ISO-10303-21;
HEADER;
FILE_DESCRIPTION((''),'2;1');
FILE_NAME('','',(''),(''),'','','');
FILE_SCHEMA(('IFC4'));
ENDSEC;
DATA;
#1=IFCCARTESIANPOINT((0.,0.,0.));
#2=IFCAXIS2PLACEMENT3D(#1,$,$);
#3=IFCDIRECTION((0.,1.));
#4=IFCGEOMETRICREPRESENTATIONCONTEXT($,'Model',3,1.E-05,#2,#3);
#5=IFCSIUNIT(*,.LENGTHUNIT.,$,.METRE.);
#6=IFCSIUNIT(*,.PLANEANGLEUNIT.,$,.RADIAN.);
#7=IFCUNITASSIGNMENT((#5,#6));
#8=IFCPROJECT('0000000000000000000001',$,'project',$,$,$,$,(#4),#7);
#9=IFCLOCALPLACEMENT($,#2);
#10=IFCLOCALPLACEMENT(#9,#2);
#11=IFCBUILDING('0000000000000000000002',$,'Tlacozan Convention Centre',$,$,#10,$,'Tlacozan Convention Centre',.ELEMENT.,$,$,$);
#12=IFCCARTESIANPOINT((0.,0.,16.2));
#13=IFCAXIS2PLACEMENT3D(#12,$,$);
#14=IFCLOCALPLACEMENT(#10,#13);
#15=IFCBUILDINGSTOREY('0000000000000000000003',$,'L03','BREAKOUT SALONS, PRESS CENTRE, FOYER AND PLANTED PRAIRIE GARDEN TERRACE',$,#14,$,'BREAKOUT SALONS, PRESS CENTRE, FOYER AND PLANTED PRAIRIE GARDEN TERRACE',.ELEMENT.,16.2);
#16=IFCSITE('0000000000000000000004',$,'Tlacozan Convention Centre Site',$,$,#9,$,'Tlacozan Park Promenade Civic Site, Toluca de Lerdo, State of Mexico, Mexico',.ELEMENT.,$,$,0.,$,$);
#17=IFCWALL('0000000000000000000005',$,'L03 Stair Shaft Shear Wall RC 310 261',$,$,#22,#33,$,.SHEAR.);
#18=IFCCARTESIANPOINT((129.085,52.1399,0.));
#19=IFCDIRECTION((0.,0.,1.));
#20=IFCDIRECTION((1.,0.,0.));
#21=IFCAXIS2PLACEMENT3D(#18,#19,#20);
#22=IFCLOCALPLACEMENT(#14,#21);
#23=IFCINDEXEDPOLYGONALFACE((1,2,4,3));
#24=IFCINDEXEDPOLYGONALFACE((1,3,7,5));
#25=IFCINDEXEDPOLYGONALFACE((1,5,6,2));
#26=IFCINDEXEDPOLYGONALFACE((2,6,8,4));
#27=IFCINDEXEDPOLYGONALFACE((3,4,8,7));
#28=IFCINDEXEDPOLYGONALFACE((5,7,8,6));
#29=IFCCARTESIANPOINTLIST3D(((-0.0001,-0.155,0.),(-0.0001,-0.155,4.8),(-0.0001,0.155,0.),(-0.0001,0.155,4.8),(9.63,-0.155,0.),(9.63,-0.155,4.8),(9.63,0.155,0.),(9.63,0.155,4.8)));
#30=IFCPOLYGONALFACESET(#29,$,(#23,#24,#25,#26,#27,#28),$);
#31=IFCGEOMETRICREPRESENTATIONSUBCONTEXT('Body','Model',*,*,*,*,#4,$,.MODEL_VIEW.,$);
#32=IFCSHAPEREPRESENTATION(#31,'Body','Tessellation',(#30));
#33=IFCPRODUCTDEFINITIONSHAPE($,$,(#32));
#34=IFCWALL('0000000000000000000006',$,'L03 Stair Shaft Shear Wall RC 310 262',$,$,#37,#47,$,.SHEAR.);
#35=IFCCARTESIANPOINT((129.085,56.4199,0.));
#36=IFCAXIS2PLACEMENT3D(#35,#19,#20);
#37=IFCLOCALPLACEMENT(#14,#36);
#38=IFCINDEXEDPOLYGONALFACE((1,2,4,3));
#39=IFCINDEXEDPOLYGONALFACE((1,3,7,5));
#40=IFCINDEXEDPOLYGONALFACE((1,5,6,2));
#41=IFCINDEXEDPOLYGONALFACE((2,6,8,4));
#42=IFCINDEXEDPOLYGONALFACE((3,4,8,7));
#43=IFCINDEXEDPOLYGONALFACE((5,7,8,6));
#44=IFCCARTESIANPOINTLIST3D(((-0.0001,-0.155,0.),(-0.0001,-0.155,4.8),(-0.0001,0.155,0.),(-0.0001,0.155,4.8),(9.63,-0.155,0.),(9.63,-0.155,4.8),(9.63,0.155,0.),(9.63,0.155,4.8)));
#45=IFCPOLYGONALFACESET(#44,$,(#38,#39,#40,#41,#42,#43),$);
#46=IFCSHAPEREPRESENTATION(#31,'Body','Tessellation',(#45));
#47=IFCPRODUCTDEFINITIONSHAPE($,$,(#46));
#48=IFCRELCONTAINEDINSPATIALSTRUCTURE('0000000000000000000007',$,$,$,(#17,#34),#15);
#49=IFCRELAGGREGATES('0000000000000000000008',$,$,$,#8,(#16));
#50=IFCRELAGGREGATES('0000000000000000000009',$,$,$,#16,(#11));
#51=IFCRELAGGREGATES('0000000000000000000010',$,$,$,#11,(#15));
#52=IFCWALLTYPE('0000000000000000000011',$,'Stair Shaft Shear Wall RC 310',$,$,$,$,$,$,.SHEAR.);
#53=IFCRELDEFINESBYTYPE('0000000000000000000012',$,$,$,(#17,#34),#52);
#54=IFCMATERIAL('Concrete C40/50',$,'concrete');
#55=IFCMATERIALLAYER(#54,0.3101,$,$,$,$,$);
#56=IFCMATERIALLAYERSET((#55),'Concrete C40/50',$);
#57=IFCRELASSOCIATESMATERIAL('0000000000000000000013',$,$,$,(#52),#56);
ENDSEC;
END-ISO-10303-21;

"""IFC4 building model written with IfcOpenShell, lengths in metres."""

from ifc_helpers import new_model, si_unit, direction, frame, frame_2d, origin, place, context, subcontext, project, spatial, rectangle, extrude, material, layer, layer_set, type_object, element, save


model = new_model("IFC4")

# Units and contexts
model_context = context("Model", 3, precision=1e-05, world=origin(), true_north=direction((0.0, 1.0)))
body_context = subcontext(model_context, "Body", "Model", "MODEL_VIEW")
ifc_project = project(units=[si_unit("LENGTHUNIT", "METRE"), si_unit("PLANEANGLEUNIT", "RADIAN")], contexts=[model_context])

# Site, building, storey
site_placement = place(None, origin())
site = spatial("IfcSite", under=ifc_project, at=site_placement, Name="Tlacozan Convention Centre Site", LongName="Tlacozan Park Promenade Civic Site, Toluca de Lerdo, State of Mexico, Mexico", CompositionType="ELEMENT", RefElevation=0.0)
building_placement = place(site_placement, origin())
building = spatial("IfcBuilding", under=site, at=building_placement, Name="Tlacozan Convention Centre", LongName="Tlacozan Convention Centre", CompositionType="ELEMENT")
storey_placement = place(building_placement, frame((0.0, 0.0, 16.2)))
storey = spatial("IfcBuildingStorey", under=building, at=storey_placement, Name="L03", Description="BREAKOUT SALONS, PRESS CENTRE, FOYER AND PLANTED PRAIRIE GARDEN TERRACE", LongName="BREAKOUT SALONS, PRESS CENTRE, FOYER AND PLANTED PRAIRIE GARDEN TERRACE", CompositionType="ELEMENT", Elevation=16.2)

# Walls
ifc_material_1 = material(Name="Concrete C40/50", Category="concrete")
ifc_layer_1 = layer(ifc_material_1, 0.3101)
ifc_layer_set_1 = layer_set([ifc_layer_1], Name="Concrete C40/50")
wall_type = type_object("IfcWallType", Name="Stair Shaft Shear Wall RC 310", PredefinedType="SHEAR", material=ifc_layer_set_1)
for number, where, z_axis, x_axis, name in (
    (1, (129.085, 52.1399, 0.0), (0.0, 0.0, 1.0), (1.0, 0.0, 0.0), "L03 Stair Shaft Shear Wall RC 310 261"),
    (2, (129.085, 56.4199, 0.0), (0.0, 0.0, 1.0), (1.0, 0.0, 0.0), "L03 Stair Shaft Shear Wall RC 310 262"),
):
    element("IfcWall", number, at=place(storey_placement, frame(where, z_axis=z_axis, x_axis=x_axis)), inside=storey, type_object=wall_type, Name=name, PredefinedType="SHEAR", context=body_context, shape_type="SweptSolid", body=[
        extrude(rectangle(XDim=9.6301, YDim=0.3101, at=frame_2d((4.8149, 0.0))), origin(), (0.0, 0.0, 1.0), 4.8),
    ])

save(model, "model.ifc")
